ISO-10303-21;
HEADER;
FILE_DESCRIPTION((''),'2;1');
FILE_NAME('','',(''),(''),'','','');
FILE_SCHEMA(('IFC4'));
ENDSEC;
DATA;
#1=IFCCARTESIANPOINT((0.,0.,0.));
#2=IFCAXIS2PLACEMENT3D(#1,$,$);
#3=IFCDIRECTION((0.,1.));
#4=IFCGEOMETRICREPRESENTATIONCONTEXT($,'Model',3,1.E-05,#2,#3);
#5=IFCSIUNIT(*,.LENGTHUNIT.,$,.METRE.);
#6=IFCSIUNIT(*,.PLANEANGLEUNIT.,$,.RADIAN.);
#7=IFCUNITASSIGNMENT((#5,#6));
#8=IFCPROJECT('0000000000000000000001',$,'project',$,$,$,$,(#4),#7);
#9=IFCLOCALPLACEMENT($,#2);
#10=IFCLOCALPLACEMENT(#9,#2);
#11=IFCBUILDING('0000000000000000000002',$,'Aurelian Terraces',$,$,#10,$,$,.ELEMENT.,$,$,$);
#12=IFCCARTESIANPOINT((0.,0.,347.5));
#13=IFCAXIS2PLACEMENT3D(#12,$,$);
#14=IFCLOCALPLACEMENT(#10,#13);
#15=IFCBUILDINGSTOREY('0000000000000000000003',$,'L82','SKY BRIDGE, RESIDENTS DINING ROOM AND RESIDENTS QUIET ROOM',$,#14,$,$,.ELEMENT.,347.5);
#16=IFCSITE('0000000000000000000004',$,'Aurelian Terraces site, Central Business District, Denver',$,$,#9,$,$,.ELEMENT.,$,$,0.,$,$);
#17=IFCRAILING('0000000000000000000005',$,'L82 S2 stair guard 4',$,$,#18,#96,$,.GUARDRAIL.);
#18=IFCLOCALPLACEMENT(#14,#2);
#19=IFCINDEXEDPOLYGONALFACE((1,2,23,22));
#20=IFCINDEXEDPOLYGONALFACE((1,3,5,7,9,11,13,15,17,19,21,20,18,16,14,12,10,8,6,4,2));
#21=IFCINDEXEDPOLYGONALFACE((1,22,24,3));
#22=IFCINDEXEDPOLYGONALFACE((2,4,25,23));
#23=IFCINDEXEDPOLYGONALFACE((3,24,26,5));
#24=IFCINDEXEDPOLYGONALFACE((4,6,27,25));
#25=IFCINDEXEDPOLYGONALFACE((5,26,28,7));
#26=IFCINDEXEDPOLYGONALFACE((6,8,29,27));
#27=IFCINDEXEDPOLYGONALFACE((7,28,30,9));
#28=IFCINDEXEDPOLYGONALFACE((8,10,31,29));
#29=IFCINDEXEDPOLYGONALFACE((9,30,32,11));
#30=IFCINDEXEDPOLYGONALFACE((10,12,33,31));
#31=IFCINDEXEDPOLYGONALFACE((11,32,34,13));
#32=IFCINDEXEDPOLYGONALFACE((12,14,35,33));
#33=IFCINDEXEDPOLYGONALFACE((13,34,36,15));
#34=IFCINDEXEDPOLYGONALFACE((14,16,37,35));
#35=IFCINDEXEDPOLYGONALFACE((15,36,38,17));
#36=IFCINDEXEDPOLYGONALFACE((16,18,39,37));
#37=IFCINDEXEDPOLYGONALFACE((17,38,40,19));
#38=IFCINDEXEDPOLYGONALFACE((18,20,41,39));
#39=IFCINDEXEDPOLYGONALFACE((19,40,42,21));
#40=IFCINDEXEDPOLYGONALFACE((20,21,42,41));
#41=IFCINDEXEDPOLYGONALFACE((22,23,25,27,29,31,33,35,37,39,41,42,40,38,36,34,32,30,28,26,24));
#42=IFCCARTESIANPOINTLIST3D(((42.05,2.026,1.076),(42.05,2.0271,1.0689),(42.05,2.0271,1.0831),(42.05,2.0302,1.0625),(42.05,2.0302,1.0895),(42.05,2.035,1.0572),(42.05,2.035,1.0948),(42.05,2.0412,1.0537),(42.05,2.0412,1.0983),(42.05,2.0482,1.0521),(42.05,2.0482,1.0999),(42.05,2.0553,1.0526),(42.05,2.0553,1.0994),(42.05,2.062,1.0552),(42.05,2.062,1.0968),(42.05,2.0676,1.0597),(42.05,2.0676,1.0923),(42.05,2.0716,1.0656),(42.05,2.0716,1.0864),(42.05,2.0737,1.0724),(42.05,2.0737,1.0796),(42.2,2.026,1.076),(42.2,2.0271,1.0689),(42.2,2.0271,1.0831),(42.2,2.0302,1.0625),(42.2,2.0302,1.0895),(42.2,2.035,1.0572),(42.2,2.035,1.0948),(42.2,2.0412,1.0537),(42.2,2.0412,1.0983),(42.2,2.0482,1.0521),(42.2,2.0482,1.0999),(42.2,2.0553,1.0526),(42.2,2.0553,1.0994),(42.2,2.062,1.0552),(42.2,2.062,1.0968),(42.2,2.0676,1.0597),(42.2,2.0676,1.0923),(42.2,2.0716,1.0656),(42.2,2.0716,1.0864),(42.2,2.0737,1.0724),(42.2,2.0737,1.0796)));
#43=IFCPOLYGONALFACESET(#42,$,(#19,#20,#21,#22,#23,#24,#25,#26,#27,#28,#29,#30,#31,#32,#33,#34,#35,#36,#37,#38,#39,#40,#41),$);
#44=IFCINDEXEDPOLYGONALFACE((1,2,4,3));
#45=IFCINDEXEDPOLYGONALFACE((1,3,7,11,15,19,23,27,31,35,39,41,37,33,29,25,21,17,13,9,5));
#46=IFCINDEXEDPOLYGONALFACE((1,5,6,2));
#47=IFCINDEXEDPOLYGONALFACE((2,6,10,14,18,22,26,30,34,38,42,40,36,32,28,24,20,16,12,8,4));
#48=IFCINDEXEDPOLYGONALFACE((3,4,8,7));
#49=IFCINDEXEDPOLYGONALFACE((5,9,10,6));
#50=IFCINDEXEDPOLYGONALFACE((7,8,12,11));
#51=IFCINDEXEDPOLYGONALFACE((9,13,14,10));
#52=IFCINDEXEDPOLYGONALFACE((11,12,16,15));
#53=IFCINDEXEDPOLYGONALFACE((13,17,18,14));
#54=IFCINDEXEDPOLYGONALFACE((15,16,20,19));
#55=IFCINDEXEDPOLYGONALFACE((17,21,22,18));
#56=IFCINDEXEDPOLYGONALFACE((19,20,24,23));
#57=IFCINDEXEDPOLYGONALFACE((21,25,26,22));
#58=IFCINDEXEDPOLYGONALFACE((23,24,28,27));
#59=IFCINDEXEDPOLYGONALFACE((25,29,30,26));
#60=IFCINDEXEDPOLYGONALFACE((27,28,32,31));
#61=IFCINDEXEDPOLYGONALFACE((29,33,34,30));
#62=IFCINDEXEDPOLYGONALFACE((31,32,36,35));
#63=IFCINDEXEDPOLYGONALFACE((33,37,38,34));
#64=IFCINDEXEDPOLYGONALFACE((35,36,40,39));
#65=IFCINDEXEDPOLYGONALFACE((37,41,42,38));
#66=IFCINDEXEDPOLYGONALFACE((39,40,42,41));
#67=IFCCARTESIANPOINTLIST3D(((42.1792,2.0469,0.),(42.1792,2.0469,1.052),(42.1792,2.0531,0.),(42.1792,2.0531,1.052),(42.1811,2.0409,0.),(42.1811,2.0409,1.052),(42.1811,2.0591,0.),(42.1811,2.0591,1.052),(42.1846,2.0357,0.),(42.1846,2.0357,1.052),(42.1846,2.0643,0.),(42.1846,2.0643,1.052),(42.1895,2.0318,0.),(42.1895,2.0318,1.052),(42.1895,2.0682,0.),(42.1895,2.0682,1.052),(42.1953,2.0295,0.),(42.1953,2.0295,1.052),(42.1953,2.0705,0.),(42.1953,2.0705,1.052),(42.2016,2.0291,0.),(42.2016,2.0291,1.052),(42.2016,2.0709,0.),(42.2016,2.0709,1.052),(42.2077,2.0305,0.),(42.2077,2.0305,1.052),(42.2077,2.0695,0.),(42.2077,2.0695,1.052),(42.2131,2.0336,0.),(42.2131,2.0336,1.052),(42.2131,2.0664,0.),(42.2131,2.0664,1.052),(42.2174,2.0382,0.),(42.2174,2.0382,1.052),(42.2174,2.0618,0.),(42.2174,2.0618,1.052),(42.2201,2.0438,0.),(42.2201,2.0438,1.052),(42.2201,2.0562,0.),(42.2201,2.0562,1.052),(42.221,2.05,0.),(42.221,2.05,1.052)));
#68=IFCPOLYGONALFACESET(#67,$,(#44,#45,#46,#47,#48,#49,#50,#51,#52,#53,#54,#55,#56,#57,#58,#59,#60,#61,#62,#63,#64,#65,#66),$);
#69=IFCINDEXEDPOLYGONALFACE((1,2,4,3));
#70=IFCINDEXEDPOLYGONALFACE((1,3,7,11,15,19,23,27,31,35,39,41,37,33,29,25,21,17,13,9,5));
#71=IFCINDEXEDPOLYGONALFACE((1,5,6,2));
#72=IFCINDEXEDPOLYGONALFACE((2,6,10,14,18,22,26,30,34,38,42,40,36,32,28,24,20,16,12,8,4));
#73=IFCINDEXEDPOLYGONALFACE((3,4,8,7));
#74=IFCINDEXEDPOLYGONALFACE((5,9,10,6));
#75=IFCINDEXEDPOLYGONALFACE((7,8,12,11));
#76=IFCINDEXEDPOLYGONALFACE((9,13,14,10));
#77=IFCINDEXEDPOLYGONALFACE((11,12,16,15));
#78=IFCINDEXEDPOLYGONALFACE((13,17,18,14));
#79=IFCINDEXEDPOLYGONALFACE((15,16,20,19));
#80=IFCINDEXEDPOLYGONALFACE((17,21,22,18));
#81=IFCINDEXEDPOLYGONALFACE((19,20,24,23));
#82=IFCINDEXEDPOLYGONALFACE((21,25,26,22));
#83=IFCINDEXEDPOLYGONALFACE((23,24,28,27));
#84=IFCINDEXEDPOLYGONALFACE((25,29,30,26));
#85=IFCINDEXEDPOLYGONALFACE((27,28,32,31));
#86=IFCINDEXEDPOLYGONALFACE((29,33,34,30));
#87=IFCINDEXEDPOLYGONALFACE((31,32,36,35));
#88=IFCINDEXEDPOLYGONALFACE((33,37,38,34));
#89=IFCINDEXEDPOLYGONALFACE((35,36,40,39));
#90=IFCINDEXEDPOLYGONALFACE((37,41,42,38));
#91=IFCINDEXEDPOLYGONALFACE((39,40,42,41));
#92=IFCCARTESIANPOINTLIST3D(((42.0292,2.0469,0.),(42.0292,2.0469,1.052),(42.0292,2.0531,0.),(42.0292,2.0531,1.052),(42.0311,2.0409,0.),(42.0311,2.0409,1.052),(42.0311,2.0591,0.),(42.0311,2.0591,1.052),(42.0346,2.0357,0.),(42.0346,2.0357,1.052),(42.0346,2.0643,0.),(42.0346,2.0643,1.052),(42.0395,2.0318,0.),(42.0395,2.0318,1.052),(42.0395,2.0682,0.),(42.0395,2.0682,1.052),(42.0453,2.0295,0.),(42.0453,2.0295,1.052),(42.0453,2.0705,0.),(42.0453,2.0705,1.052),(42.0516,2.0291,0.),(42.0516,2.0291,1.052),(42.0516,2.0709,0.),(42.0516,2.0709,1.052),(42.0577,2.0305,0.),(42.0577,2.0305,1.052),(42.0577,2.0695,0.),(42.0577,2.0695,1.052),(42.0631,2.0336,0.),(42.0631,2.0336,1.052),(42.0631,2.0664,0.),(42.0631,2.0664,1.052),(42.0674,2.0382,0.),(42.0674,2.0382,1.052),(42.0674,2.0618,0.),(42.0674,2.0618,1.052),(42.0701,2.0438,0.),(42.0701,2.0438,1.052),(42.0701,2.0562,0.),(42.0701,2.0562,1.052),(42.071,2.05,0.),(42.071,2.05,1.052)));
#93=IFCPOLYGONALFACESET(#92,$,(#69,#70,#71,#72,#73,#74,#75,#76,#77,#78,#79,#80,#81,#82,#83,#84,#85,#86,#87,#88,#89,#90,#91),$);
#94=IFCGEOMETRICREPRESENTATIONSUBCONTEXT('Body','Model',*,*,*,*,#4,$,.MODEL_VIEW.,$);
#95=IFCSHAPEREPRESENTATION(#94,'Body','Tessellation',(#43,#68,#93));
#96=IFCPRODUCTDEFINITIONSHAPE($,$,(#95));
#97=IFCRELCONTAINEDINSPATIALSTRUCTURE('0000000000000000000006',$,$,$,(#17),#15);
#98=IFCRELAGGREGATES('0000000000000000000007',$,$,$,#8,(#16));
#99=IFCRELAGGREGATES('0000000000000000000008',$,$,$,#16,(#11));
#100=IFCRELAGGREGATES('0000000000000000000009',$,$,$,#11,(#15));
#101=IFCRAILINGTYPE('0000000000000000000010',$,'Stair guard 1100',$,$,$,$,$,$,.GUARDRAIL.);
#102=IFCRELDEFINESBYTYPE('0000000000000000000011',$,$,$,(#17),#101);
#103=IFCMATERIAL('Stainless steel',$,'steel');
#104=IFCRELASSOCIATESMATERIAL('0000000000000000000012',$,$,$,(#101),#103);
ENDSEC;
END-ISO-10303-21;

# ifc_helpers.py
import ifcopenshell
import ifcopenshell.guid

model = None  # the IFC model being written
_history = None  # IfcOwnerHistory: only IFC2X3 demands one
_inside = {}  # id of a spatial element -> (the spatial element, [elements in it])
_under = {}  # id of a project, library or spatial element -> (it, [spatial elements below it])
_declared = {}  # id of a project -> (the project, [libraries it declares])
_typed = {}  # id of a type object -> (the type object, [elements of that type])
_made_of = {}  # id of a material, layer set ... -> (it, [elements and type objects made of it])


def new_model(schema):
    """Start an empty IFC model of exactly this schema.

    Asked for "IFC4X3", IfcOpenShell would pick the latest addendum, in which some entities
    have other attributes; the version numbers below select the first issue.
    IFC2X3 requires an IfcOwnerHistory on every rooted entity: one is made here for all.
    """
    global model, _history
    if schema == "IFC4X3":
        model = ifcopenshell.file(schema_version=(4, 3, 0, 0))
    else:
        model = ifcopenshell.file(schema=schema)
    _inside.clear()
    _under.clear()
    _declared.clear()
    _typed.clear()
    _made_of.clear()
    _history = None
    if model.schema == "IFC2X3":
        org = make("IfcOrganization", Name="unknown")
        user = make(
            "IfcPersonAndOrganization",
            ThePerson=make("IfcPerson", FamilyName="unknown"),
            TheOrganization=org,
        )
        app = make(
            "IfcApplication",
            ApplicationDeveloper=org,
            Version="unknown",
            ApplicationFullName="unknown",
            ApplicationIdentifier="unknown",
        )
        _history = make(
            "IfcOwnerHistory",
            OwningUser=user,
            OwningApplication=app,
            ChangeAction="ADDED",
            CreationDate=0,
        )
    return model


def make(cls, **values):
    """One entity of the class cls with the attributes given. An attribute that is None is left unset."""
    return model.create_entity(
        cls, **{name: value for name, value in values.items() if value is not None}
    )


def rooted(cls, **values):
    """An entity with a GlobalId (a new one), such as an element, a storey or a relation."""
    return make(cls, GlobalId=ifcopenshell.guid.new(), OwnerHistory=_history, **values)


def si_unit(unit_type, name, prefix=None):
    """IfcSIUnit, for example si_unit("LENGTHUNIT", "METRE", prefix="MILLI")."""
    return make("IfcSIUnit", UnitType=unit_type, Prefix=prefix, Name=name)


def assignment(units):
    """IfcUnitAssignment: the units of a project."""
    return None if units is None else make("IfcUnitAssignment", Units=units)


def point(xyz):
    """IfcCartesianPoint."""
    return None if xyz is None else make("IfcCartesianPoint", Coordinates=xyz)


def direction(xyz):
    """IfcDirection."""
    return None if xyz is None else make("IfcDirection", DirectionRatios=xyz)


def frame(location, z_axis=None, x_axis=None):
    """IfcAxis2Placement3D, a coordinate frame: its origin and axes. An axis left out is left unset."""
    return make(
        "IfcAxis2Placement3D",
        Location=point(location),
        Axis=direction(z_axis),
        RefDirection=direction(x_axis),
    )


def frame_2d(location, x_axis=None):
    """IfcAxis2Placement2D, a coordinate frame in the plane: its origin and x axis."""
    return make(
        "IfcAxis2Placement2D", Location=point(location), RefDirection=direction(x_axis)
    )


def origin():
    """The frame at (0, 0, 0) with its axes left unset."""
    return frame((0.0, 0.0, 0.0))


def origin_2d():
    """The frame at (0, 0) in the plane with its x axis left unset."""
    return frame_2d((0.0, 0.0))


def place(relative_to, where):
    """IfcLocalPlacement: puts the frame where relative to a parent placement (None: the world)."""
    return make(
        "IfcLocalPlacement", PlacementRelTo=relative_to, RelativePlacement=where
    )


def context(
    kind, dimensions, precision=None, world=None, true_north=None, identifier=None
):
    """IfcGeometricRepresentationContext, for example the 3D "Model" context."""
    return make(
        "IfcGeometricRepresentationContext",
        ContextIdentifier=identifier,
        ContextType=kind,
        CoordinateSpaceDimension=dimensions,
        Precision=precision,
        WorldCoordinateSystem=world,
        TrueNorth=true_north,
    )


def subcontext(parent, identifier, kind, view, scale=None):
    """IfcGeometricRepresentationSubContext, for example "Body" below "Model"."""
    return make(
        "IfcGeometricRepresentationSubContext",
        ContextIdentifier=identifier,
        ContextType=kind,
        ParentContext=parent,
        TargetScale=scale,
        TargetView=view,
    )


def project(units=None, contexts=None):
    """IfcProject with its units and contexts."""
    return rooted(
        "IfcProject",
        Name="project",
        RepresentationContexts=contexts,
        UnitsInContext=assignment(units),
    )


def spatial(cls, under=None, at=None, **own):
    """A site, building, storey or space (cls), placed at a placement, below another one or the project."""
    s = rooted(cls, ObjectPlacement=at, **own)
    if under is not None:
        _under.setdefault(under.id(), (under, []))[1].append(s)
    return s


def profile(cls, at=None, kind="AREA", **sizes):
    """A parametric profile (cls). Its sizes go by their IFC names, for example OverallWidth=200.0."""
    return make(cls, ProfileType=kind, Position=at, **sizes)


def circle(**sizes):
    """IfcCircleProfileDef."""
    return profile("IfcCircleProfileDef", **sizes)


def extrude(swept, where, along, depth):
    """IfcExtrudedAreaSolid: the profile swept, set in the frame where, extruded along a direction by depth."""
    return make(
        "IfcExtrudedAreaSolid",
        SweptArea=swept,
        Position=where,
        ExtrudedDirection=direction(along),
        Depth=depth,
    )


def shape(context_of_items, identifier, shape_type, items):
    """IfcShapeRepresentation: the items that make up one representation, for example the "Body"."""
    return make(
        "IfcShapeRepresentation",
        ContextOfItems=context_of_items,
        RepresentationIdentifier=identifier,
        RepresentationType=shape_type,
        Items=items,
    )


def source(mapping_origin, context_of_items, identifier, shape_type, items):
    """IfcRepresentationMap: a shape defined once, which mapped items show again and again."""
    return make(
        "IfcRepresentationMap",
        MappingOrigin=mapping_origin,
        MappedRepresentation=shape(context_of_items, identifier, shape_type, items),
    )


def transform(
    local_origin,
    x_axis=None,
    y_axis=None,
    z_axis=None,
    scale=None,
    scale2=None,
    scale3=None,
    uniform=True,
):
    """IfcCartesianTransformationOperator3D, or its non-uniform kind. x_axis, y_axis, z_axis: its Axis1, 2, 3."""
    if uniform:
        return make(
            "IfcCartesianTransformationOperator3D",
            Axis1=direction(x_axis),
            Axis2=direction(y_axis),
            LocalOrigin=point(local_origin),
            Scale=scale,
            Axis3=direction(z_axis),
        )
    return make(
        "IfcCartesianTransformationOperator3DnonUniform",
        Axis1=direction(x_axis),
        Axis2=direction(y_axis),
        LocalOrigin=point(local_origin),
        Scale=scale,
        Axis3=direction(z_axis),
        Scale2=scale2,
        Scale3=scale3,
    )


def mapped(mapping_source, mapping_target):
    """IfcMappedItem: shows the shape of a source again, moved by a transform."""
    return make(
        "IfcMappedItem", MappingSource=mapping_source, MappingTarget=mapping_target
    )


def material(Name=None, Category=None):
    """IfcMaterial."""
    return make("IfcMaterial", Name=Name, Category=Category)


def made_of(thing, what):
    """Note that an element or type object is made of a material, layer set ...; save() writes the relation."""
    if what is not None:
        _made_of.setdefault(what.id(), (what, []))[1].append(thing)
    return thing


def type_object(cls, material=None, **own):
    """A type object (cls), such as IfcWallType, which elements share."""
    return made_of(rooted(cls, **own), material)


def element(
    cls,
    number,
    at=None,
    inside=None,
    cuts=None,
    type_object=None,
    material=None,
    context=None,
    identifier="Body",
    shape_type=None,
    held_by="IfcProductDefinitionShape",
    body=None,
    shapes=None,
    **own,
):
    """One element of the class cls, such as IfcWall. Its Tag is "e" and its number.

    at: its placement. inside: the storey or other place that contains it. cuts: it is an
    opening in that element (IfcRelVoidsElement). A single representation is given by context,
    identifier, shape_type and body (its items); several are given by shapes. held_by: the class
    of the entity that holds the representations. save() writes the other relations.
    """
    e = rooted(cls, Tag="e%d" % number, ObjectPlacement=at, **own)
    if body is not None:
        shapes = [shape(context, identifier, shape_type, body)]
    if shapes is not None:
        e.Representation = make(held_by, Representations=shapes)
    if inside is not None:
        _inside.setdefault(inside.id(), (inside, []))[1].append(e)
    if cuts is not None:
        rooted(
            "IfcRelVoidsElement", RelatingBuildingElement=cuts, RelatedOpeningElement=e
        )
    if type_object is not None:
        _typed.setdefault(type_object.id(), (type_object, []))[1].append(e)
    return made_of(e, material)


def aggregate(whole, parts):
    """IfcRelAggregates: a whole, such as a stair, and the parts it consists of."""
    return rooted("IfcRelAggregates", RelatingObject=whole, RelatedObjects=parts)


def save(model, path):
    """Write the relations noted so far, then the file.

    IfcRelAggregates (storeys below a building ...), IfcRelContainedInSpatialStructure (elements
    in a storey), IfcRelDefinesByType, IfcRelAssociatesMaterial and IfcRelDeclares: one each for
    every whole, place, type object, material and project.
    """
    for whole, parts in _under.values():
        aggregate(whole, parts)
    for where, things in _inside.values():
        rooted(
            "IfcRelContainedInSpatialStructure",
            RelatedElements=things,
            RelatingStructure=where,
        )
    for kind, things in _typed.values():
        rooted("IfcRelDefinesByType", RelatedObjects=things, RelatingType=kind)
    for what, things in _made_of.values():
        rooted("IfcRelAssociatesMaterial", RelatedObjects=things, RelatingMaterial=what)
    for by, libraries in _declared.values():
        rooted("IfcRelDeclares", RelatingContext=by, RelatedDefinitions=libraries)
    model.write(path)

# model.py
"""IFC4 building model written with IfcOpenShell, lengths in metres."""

from ifc_helpers import new_model, si_unit, direction, frame, origin, origin_2d, place, context, subcontext, project, spatial, circle, extrude, source, transform, mapped, material, type_object, element, save


model = new_model("IFC4")

# Units and contexts
model_context = context("Model", 3, precision=1e-05, world=origin(), true_north=direction((0.0, 1.0)))
body_context = subcontext(model_context, "Body", "Model", "MODEL_VIEW")
ifc_project = project(units=[si_unit("LENGTHUNIT", "METRE"), si_unit("PLANEANGLEUNIT", "RADIAN")], contexts=[model_context])

# Site, building, storey
site_placement = place(None, origin())
site = spatial("IfcSite", under=ifc_project, at=site_placement, Name="Aurelian Terraces site, Central Business District, Denver", CompositionType="ELEMENT", RefElevation=0.0)
building_placement = place(site_placement, origin())
building = spatial("IfcBuilding", under=site, at=building_placement, Name="Aurelian Terraces", CompositionType="ELEMENT")
storey_placement = place(building_placement, frame((0.0, 0.0, 347.5)))
storey = spatial("IfcBuildingStorey", under=building, at=storey_placement, Name="L82", Description="SKY BRIDGE, RESIDENTS DINING ROOM AND RESIDENTS QUIET ROOM", CompositionType="ELEMENT", Elevation=347.5)

# Railing
ifc_material_1 = material(Name="Stainless steel", Category="steel")
railing_type_1 = type_object("IfcRailingType", Name="Stair guard 1100", PredefinedType="GUARDRAIL", material=ifc_material_1)
shared_shape_1 = source(origin(), body_context, "Body", "SweptSolid", [
    extrude(circle(Radius=0.024, at=origin_2d()), frame((0.0, 0.0, 1.076), z_axis=(-1.0, 0.0, 0.0), x_axis=(0.0, -1.0, 0.0)), (0.0, 0.0, 1.0), 0.15),
    extrude(circle(Radius=0.021, at=origin_2d()), origin(), (0.0, 0.0, 1.0), 1.052),
    extrude(circle(Radius=0.021, at=origin_2d()), frame((-0.15, 0.0, 0.0)), (0.0, 0.0, 1.0), 1.052),
])
for number, where, name in (
    (1, (42.2, 2.05, 0.0), "L82 S2 stair guard 4"),
):
    element("IfcRailing", number, at=place(storey_placement, frame(where)), inside=storey, type_object=railing_type_1, Name=name, PredefinedType="GUARDRAIL", context=body_context, shape_type="MappedRepresentation", body=[
        mapped(shared_shape_1, transform((0.0, 0.0, 0.0), scale=1.0)),
    ])

save(model, "model.ifc")
